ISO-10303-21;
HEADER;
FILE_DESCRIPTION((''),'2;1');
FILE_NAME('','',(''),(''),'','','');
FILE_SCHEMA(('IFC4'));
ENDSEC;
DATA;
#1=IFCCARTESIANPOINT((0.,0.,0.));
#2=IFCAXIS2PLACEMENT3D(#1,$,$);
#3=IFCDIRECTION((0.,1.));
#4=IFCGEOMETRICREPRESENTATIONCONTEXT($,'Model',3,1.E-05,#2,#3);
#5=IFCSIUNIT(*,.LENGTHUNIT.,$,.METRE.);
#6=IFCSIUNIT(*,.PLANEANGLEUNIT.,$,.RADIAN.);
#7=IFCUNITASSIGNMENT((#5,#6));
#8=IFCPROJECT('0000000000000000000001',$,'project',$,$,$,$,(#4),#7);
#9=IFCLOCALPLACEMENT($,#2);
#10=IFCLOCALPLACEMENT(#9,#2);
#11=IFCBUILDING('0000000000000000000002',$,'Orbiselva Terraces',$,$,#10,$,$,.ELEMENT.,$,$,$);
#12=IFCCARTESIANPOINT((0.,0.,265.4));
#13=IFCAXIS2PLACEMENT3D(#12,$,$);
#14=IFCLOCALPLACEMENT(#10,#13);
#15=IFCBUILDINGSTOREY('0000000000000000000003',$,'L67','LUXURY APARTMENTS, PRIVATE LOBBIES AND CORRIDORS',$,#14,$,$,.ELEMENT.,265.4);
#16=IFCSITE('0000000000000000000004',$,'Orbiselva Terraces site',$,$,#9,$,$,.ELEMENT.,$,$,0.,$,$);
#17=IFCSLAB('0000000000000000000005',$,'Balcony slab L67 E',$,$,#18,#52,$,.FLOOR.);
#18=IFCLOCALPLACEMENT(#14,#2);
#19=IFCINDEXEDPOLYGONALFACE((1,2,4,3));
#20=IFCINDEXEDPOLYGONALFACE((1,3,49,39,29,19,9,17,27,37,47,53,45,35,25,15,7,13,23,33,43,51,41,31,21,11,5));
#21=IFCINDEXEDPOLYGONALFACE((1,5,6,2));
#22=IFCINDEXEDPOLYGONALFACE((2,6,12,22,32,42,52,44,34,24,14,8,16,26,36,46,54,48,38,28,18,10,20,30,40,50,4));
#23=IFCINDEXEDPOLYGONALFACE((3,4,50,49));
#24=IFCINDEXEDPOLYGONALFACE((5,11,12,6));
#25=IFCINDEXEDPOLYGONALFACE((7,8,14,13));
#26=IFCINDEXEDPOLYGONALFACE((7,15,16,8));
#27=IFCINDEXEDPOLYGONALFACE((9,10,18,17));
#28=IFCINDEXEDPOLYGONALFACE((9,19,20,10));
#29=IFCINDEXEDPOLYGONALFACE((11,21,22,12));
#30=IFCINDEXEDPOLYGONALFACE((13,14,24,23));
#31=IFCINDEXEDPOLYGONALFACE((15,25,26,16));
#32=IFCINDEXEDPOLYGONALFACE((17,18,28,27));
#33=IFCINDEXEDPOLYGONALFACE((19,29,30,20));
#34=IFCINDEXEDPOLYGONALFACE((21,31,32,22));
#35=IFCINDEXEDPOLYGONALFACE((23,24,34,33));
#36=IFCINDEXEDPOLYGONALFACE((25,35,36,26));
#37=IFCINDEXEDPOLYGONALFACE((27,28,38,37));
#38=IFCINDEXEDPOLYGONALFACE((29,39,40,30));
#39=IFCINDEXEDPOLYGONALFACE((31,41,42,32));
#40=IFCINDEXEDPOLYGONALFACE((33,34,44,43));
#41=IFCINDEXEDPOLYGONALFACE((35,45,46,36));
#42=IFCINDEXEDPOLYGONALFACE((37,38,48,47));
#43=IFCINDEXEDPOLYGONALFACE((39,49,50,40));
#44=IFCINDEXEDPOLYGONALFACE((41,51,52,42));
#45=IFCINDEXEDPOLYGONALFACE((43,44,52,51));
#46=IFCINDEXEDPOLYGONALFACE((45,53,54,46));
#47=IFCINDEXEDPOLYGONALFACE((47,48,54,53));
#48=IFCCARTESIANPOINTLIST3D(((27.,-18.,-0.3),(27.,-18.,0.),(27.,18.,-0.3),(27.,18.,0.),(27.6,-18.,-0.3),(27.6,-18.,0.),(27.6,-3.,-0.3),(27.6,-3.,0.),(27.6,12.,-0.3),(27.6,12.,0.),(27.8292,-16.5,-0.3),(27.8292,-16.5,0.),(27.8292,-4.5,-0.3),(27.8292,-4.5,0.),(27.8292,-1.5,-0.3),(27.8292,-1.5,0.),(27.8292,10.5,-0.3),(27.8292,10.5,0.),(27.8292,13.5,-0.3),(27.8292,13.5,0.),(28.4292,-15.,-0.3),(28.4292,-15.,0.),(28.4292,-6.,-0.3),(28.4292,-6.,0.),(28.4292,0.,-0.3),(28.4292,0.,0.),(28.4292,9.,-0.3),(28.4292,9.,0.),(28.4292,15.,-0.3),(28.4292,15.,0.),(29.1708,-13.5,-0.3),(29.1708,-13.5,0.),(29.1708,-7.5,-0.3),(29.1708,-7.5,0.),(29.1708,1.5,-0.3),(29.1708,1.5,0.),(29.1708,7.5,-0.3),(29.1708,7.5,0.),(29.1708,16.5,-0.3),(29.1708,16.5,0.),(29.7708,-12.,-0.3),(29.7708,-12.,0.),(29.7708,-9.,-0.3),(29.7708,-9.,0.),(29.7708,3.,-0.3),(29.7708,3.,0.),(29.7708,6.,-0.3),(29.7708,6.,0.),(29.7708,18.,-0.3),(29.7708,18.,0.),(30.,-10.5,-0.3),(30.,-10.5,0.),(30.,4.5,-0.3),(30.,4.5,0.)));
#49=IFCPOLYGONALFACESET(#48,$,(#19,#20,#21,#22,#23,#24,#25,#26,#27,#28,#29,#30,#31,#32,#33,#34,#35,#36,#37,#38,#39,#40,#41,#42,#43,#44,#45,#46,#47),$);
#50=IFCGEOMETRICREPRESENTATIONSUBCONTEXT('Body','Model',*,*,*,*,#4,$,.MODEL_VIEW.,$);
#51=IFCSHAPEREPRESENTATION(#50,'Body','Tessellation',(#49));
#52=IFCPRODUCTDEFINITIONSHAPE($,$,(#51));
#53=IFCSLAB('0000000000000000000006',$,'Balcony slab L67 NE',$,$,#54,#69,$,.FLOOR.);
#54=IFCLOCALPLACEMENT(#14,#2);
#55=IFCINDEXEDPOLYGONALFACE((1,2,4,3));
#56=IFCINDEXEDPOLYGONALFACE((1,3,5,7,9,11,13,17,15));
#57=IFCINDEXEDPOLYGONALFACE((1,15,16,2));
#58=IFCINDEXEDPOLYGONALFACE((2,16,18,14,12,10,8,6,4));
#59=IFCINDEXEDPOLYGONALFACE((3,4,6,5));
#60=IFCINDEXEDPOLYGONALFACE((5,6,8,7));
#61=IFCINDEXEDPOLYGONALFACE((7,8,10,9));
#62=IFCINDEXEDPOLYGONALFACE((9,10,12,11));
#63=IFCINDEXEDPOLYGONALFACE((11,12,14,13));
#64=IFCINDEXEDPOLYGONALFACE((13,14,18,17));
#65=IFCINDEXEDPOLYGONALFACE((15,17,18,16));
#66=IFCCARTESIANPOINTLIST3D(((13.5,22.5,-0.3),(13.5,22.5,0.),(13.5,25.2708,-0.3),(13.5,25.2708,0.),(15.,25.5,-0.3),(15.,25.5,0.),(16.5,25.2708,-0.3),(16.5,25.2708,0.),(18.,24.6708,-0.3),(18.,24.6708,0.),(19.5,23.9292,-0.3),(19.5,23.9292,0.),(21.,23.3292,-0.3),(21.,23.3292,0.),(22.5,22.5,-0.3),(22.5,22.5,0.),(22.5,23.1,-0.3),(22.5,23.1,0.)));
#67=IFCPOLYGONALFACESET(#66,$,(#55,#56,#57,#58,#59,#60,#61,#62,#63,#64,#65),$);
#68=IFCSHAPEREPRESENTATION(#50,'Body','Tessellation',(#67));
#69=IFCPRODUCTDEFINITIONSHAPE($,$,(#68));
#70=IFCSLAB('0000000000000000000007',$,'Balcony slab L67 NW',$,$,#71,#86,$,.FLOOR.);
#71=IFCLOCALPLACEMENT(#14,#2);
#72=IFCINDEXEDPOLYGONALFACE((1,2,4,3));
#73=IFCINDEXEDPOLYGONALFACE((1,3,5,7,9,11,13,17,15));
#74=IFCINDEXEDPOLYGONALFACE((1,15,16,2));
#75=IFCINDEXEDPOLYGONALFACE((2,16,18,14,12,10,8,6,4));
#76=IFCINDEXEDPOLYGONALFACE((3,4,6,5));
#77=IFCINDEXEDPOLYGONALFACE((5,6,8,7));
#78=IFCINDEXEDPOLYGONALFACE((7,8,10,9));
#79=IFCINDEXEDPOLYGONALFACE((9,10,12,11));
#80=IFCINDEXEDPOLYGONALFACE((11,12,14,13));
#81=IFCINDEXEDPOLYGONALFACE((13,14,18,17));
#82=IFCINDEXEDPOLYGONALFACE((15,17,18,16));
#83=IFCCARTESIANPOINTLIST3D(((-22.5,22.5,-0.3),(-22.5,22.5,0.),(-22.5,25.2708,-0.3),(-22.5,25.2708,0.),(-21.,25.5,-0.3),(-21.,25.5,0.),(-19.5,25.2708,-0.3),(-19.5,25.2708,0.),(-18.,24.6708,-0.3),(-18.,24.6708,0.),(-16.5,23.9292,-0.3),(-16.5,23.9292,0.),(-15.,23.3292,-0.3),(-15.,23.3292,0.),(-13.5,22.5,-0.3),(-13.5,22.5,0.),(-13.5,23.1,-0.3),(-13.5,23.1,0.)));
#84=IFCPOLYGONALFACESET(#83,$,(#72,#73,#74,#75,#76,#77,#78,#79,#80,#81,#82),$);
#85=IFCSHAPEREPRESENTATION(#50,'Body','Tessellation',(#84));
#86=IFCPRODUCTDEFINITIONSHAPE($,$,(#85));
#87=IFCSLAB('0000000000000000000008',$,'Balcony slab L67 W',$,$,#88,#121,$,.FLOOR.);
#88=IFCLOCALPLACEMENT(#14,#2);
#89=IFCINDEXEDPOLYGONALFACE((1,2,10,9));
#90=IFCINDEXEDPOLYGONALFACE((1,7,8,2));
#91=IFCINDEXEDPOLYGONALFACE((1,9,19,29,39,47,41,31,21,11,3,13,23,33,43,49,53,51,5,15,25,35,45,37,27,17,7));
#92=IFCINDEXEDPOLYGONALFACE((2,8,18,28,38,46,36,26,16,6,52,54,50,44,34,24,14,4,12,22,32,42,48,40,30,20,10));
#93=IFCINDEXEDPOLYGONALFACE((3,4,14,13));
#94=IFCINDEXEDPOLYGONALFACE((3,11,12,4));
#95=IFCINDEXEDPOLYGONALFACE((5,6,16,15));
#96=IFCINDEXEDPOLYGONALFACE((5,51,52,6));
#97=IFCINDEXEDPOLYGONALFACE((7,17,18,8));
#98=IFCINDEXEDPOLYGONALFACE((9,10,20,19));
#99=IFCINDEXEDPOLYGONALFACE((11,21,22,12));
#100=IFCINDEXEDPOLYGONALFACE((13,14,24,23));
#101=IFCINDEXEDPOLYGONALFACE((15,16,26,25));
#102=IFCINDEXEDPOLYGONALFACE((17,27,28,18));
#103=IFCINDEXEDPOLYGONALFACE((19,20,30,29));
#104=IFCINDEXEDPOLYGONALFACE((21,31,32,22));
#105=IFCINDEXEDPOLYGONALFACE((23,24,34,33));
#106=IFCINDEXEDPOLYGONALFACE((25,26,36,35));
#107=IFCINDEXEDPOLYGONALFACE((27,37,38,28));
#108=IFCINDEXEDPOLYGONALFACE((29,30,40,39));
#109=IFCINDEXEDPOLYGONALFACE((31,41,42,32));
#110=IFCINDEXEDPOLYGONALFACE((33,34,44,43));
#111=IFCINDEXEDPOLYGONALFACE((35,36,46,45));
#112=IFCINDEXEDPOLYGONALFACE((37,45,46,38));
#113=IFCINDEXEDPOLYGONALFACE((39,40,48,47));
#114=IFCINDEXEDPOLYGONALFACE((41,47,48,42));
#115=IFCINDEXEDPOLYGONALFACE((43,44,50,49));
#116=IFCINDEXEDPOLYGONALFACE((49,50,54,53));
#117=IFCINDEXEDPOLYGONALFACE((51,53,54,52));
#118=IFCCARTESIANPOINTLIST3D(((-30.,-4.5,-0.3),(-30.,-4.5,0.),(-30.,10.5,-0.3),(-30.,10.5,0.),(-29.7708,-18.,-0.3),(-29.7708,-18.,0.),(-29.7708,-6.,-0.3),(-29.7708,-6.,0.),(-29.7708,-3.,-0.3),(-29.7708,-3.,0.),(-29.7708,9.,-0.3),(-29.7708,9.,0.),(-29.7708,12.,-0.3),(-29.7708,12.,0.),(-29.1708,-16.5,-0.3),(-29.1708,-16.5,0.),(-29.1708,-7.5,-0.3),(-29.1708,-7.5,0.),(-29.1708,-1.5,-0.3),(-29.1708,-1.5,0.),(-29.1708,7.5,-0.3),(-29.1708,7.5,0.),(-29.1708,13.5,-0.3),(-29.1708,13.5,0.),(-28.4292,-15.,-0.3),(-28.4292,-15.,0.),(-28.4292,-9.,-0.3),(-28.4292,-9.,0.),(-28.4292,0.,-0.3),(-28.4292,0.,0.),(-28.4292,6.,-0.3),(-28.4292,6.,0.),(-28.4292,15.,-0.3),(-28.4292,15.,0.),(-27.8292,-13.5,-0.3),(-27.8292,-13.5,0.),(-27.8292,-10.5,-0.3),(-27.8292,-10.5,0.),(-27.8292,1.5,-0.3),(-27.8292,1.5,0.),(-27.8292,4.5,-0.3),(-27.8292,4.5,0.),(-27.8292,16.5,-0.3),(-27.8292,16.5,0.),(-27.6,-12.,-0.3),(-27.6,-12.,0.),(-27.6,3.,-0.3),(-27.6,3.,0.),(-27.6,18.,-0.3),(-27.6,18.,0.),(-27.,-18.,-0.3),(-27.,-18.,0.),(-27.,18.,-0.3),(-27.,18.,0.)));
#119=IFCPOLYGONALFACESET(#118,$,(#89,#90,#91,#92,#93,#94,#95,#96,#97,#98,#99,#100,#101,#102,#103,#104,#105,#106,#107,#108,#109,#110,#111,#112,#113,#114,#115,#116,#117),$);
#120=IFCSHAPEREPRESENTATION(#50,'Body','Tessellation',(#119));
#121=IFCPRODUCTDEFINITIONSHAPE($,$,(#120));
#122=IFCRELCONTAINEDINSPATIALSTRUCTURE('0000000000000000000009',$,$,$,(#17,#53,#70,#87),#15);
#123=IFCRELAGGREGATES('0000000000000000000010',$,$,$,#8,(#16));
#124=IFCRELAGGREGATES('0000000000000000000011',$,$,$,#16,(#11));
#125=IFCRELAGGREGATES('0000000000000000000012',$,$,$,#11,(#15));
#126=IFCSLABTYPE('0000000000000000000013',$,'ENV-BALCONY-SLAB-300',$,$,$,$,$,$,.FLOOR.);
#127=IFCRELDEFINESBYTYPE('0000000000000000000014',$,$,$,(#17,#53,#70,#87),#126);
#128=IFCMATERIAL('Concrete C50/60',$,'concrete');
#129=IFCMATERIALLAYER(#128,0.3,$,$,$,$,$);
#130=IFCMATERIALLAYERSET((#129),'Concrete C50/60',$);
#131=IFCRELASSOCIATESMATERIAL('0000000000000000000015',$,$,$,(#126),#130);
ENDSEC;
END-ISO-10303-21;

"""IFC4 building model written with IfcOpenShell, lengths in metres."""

from ifc_helpers import new_model, si_unit, direction, frame, origin, place, context, subcontext, project, spatial, polyline, outline, extrude, material, layer, layer_set, type_object, element, save


model = new_model("IFC4")

# Units and contexts
model_context = context("Model", 3, precision=1e-05, world=origin(), true_north=direction((0.0, 1.0)))
body_context = subcontext(model_context, "Body", "Model", "MODEL_VIEW")
ifc_project = project(units=[si_unit("LENGTHUNIT", "METRE"), si_unit("PLANEANGLEUNIT", "RADIAN")], contexts=[model_context])

# Site, building, storey
site_placement = place(None, origin())
site = spatial("IfcSite", under=ifc_project, at=site_placement, Name="Orbiselva Terraces site", CompositionType="ELEMENT", RefElevation=0.0)
building_placement = place(site_placement, origin())
building = spatial("IfcBuilding", under=site, at=building_placement, Name="Orbiselva Terraces", CompositionType="ELEMENT")
storey_placement = place(building_placement, frame((0.0, 0.0, 265.4)))
storey = spatial("IfcBuildingStorey", under=building, at=storey_placement, Name="L67", Description="LUXURY APARTMENTS, PRIVATE LOBBIES AND CORRIDORS", CompositionType="ELEMENT", Elevation=265.4)

# Shared definitions
ifc_material_1 = material(Name="Concrete C50/60", Category="concrete")

# Slabs
ifc_layer_1 = layer(ifc_material_1, 0.3)
ifc_layer_set_1 = layer_set([ifc_layer_1], Name="Concrete C50/60")
slab_type_1 = type_object("IfcSlabType", Name="ENV-BALCONY-SLAB-300", PredefinedType="FLOOR", material=ifc_layer_set_1)
slab_1_placement = place(storey_placement, frame((0.0, 0.0, -0.3)))
element("IfcSlab", 1, at=slab_1_placement, inside=storey, type_object=slab_type_1, Name="Balcony slab L67 E", PredefinedType="FLOOR", context=body_context, shape_type="SweptSolid", body=[
    extrude(outline(polyline([(27.6, -18.0), (27.8292, -16.5), (28.4292, -15.0), (29.1708, -13.5), (29.7708, -12.0), (30.0, -10.5), (29.7708, -9.0), (29.1708, -7.5), (28.4292, -6.0), (27.8292, -4.5), (27.6, -3.0), (27.8292, -1.5), (28.4292, 0.0), (29.1708, 1.5), (29.7708, 3.0), (30.0, 4.5), (29.7708, 6.0), (29.1708, 7.5), (28.4292, 9.0), (27.8292, 10.5), (27.6, 12.0), (27.8292, 13.5), (28.4292, 15.0), (29.1708, 16.5), (29.7708, 18.0), (27.0, 18.0), (27.0, -18.0), (27.6, -18.0)])), origin(), (0.0, 0.0, 1.0), 0.3),
])
slab_2_placement = place(storey_placement, frame((0.0, 0.0, -0.3)))
element("IfcSlab", 2, at=slab_2_placement, inside=storey, type_object=slab_type_1, Name="Balcony slab L67 NE", PredefinedType="FLOOR", context=body_context, shape_type="SweptSolid", body=[
    extrude(outline(polyline([(22.5, 23.1), (21.0, 23.3292), (19.5, 23.9292), (18.0, 24.6708), (16.5, 25.2708), (15.0, 25.5), (13.5, 25.2708), (13.5, 22.5), (22.5, 22.5), (22.5, 23.1)])), origin(), (0.0, 0.0, 1.0), 0.3),
])
slab_3_placement = place(storey_placement, frame((0.0, 0.0, -0.3)))
element("IfcSlab", 3, at=slab_3_placement, inside=storey, type_object=slab_type_1, Name="Balcony slab L67 NW", PredefinedType="FLOOR", context=body_context, shape_type="SweptSolid", body=[
    extrude(outline(polyline([(-13.5, 23.1), (-15.0, 23.3292), (-16.5, 23.9292), (-18.0, 24.6708), (-19.5, 25.2708), (-21.0, 25.5), (-22.5, 25.2708), (-22.5, 22.5), (-13.5, 22.5), (-13.5, 23.1)])), origin(), (0.0, 0.0, 1.0), 0.3),
])
slab_4_placement = place(storey_placement, frame((0.0, 0.0, -0.3)))
element("IfcSlab", 4, at=slab_4_placement, inside=storey, type_object=slab_type_1, Name="Balcony slab L67 W", PredefinedType="FLOOR", context=body_context, shape_type="SweptSolid", body=[
    extrude(outline(polyline([(-27.6, 18.0), (-27.8292, 16.5), (-28.4292, 15.0), (-29.1708, 13.5), (-29.7708, 12.0), (-30.0, 10.5), (-29.7708, 9.0), (-29.1708, 7.5), (-28.4292, 6.0), (-27.8292, 4.5), (-27.6, 3.0), (-27.8292, 1.5), (-28.4292, 0.0), (-29.1708, -1.5), (-29.7708, -3.0), (-30.0, -4.5), (-29.7708, -6.0), (-29.1708, -7.5), (-28.4292, -9.0), (-27.8292, -10.5), (-27.6, -12.0), (-27.8292, -13.5), (-28.4292, -15.0), (-29.1708, -16.5), (-29.7708, -18.0), (-27.0, -18.0), (-27.0, 18.0), (-27.6, 18.0)])), origin(), (0.0, 0.0, 1.0), 0.3),
])

save(model, "model.ifc")
